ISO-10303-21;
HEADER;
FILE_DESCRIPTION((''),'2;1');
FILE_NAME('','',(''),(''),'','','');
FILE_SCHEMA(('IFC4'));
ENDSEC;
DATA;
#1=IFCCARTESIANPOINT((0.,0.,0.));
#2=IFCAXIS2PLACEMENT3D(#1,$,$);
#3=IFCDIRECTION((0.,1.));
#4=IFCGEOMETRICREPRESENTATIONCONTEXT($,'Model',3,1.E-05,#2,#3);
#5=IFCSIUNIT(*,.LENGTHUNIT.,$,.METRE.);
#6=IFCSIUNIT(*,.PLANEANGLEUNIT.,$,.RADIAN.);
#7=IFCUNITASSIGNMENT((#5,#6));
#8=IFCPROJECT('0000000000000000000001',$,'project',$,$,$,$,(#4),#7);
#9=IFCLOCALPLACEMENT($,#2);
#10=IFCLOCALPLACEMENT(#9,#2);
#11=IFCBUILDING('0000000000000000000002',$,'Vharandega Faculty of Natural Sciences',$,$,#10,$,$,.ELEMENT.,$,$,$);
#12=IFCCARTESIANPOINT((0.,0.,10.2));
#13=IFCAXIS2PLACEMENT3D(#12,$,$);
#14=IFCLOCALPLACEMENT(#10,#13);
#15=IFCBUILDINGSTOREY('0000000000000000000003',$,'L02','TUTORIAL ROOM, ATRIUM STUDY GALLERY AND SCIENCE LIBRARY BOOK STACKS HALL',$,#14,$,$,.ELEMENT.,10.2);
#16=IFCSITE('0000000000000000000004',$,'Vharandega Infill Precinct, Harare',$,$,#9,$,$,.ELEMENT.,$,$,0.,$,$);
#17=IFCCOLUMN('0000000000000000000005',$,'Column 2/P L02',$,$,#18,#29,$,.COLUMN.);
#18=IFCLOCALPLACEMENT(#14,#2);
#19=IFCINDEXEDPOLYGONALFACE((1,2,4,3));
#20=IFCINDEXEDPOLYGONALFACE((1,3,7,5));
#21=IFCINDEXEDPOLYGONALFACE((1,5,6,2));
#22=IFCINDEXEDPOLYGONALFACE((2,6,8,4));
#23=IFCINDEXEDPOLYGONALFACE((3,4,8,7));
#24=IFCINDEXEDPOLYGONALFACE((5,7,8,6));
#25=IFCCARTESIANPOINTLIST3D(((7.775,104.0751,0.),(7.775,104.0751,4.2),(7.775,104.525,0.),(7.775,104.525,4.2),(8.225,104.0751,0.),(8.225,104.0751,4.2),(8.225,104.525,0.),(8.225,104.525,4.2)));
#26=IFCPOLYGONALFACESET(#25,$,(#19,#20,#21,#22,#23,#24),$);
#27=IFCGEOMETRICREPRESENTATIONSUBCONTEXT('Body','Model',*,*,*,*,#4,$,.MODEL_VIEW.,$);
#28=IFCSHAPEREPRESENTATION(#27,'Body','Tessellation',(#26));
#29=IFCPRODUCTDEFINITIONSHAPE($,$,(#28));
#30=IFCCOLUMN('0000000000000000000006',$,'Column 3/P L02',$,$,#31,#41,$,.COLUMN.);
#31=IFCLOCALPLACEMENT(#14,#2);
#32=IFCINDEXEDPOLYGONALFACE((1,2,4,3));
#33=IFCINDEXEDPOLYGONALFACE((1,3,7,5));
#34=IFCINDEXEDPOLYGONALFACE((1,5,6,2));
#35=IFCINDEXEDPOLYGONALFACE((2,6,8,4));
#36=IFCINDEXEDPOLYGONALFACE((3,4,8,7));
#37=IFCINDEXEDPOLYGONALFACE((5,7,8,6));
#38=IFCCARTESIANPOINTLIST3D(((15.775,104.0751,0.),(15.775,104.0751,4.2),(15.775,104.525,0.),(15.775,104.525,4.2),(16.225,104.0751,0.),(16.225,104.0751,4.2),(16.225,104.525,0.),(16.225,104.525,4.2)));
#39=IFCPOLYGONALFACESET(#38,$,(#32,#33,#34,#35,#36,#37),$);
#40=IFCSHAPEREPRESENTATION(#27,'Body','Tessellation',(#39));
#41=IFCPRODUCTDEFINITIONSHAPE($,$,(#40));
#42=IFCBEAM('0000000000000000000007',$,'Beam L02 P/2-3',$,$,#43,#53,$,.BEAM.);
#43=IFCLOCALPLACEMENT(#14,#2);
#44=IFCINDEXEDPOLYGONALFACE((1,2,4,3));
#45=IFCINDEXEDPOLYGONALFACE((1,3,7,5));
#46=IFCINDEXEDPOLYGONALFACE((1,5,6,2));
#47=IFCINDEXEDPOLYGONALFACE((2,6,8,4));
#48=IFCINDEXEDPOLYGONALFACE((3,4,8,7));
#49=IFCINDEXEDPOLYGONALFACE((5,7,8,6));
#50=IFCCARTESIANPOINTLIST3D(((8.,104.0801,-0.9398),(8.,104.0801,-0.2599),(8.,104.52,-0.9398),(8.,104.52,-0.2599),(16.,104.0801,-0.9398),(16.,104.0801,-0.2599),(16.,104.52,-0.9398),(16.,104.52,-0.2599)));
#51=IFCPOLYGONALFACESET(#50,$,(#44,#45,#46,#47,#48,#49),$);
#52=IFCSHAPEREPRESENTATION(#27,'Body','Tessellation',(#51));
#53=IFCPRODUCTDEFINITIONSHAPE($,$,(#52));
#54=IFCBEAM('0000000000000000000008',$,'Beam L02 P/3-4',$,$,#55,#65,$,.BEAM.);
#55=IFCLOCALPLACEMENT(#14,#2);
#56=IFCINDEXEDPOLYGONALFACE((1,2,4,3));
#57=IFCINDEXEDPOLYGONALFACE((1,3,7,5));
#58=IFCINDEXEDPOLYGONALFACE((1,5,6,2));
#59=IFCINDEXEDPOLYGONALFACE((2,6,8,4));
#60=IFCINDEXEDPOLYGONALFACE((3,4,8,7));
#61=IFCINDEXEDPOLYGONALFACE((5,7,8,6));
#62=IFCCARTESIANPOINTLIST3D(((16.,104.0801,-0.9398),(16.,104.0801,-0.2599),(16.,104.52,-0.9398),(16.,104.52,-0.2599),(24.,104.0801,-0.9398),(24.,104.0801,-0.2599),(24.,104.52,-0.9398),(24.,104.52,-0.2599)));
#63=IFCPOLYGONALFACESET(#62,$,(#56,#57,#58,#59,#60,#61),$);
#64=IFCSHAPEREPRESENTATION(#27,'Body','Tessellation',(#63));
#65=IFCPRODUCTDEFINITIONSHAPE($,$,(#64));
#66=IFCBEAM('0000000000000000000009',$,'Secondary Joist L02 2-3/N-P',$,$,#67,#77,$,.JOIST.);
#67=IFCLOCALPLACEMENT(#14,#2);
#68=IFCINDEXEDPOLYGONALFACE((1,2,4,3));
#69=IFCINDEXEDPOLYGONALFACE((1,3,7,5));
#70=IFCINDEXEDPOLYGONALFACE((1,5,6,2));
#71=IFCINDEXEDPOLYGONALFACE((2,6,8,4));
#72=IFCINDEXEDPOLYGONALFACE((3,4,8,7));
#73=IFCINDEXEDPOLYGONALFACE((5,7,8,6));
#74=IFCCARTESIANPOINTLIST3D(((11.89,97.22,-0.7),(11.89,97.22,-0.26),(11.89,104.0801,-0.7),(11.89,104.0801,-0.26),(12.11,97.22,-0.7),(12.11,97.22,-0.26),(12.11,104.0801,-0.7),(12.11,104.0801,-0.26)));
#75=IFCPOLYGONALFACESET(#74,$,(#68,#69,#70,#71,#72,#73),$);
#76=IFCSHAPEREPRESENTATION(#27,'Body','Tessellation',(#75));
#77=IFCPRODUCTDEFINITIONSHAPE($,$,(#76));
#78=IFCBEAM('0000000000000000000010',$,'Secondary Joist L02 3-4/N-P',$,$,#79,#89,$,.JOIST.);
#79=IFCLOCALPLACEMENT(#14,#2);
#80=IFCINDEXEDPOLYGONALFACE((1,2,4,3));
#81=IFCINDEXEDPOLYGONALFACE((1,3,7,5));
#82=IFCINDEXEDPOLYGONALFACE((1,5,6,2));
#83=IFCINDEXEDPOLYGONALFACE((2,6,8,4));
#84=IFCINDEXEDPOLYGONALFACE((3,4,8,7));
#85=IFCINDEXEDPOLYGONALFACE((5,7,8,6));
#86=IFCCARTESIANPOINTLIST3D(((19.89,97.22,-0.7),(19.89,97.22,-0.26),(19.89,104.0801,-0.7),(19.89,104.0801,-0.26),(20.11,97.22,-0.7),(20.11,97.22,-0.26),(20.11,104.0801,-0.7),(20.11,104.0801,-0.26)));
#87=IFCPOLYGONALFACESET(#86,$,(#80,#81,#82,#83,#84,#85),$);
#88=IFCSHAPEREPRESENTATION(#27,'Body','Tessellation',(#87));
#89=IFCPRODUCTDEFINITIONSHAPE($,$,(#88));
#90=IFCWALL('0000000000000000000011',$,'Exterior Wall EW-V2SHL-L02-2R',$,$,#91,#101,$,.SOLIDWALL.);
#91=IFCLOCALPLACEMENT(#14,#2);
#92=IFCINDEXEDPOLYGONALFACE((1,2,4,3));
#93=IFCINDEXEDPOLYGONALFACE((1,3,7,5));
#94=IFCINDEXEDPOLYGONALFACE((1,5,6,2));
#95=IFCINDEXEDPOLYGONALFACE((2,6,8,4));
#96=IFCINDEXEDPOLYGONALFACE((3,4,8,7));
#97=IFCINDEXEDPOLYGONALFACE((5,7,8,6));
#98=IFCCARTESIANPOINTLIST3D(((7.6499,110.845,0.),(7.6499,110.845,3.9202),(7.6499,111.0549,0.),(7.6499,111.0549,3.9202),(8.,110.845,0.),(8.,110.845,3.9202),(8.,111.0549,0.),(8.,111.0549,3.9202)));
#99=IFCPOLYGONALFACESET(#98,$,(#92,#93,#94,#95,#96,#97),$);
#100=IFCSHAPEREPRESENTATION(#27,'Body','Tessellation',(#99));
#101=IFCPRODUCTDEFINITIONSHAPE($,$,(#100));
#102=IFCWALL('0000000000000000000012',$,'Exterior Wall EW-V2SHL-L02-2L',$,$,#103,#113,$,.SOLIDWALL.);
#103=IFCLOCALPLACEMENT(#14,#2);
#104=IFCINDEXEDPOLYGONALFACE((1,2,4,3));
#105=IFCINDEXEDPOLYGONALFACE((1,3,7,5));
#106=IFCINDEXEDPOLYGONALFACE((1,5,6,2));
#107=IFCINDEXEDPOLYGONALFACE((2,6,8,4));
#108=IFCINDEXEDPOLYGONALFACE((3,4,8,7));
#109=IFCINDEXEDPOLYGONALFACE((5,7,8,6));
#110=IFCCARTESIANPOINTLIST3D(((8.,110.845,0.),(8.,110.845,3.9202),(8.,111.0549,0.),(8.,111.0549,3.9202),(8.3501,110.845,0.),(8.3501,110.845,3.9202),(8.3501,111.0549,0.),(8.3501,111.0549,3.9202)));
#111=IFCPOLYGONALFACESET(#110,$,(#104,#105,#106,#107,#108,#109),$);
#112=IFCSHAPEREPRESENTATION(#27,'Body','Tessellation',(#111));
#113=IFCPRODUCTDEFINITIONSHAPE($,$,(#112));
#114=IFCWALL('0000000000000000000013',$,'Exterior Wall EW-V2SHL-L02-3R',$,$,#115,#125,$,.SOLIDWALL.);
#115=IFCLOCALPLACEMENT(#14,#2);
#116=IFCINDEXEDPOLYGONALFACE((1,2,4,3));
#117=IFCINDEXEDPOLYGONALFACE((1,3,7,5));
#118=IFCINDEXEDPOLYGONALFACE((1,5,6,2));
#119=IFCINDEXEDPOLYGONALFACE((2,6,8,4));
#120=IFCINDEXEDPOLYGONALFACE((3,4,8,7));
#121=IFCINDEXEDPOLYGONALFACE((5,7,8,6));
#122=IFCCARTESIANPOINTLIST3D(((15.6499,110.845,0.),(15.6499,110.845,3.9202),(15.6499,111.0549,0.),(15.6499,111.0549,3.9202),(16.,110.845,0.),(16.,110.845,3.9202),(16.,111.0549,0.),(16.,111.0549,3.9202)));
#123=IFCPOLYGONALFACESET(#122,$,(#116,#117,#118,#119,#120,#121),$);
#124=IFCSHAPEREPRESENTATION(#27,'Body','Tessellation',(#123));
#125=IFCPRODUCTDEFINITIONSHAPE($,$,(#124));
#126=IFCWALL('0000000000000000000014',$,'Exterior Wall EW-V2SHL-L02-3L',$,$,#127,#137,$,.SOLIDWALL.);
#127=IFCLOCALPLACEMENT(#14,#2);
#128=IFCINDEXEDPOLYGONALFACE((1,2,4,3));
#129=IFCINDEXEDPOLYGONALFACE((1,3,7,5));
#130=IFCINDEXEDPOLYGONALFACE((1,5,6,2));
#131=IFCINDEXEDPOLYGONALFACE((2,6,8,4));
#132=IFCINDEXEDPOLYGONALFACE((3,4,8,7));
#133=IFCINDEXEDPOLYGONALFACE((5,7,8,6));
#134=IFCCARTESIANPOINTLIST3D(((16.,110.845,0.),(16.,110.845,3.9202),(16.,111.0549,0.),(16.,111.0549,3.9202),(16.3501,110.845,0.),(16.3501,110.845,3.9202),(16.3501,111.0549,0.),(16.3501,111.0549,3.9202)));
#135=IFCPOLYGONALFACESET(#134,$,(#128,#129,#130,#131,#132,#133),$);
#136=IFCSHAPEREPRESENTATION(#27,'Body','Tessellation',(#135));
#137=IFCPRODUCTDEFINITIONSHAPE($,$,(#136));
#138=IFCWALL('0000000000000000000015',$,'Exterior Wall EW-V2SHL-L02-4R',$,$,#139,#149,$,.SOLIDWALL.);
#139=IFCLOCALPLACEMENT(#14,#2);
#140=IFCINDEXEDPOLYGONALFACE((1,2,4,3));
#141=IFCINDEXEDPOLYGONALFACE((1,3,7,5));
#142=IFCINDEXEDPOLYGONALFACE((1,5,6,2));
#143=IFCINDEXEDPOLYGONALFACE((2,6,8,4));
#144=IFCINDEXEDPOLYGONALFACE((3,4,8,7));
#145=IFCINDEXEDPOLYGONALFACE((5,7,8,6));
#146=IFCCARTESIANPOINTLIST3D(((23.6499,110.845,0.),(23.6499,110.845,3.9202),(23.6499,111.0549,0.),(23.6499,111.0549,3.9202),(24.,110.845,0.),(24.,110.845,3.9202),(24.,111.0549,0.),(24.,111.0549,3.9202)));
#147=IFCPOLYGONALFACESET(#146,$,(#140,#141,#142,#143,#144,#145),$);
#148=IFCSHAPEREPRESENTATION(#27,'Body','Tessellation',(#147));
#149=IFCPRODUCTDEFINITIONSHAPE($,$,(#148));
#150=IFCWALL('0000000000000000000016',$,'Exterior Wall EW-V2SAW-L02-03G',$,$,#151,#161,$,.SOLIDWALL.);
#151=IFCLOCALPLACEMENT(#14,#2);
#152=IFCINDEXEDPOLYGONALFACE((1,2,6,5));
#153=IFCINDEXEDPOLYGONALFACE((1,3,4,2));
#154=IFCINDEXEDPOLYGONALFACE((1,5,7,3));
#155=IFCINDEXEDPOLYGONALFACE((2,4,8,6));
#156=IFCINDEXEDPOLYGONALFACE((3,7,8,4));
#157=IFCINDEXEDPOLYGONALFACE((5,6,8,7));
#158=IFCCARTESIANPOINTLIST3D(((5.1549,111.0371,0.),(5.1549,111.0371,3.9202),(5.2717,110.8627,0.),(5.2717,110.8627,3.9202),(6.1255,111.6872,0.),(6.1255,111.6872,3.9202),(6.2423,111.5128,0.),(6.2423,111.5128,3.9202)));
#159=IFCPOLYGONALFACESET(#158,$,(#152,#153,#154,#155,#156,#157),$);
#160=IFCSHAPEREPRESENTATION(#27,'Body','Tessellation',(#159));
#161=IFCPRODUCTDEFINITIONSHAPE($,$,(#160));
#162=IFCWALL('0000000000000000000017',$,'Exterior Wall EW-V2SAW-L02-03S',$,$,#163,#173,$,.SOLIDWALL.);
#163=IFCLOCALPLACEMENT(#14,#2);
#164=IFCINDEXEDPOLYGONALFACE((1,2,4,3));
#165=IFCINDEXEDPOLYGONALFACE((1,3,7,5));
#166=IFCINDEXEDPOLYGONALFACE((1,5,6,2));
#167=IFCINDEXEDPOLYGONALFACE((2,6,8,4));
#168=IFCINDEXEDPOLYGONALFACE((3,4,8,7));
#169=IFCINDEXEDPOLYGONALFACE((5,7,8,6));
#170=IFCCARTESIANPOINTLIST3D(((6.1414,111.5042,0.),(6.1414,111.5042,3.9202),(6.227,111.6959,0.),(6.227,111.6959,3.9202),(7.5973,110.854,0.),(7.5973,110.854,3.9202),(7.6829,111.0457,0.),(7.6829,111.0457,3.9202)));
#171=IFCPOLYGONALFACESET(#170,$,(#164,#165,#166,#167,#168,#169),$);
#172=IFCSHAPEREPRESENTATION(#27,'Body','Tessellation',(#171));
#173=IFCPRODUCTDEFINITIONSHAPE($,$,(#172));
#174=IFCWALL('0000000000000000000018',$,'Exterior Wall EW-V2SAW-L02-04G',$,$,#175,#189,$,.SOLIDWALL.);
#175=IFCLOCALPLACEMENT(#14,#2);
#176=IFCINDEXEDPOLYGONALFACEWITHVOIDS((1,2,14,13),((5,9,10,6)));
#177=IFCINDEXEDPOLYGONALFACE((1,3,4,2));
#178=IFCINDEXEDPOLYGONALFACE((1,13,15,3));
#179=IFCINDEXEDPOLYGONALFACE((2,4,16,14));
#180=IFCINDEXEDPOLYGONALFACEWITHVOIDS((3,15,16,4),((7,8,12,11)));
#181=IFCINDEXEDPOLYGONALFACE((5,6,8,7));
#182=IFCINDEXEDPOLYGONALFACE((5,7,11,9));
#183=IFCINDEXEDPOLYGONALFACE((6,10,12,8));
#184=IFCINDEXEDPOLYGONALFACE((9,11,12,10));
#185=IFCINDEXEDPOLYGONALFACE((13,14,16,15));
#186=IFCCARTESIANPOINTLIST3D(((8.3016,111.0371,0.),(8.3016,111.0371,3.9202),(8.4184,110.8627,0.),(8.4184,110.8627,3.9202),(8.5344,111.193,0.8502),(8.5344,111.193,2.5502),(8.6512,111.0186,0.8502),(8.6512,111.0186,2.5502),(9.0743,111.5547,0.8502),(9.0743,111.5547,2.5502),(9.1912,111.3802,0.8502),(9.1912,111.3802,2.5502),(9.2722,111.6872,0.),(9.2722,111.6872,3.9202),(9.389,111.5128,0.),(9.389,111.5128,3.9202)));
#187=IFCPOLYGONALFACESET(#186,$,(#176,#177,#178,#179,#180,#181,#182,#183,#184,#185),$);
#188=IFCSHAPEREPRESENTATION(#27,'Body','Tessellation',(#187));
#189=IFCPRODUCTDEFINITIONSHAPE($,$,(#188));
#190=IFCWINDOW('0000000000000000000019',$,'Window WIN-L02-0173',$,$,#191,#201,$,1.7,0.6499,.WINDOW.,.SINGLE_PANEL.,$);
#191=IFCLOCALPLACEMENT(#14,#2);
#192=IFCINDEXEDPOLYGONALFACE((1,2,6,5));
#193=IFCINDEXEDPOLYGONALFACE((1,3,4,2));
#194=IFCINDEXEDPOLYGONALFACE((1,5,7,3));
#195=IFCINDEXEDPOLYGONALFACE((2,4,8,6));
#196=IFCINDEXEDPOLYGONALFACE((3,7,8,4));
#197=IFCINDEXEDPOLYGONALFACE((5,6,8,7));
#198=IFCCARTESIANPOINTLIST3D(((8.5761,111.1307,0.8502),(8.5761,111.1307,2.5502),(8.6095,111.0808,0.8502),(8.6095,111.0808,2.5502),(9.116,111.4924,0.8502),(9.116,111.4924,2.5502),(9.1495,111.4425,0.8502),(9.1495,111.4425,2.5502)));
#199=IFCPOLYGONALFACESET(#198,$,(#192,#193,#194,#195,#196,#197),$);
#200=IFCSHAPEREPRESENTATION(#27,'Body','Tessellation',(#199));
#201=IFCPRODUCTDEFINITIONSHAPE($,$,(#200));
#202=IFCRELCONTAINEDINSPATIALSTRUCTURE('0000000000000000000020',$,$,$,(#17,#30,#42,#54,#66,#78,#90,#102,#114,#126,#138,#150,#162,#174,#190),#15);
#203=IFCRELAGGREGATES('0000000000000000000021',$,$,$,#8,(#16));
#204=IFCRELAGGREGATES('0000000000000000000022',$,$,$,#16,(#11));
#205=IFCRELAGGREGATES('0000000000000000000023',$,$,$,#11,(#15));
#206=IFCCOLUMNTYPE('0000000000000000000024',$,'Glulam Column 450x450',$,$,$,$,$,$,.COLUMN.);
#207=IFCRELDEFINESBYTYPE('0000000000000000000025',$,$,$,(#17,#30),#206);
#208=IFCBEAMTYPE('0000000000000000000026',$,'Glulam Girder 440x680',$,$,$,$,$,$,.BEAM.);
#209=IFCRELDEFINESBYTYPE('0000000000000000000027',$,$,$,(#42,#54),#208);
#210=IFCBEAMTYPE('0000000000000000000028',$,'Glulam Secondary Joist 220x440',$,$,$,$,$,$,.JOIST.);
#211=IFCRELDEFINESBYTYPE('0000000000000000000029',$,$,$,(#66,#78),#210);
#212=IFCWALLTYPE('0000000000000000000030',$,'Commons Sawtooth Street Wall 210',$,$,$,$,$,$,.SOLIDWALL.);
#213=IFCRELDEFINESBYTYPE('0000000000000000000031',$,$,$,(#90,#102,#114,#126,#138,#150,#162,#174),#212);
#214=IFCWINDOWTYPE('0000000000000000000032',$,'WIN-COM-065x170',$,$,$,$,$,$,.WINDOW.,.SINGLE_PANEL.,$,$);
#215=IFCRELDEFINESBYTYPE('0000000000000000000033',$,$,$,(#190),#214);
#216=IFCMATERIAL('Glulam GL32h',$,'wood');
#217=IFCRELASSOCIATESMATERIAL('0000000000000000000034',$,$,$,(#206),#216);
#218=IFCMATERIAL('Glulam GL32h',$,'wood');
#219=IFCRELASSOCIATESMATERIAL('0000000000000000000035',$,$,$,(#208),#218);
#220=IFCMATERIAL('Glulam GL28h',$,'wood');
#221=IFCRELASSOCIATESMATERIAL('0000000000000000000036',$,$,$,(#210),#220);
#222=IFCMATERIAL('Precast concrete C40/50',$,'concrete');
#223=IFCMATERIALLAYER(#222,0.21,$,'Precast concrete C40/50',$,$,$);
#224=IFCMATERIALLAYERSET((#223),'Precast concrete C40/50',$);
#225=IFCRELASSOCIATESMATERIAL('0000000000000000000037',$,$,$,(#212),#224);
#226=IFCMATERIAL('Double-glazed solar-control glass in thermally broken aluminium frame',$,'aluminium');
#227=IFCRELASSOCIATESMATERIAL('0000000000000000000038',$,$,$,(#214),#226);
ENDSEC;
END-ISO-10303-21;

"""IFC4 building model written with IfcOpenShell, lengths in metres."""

from ifc_helpers import new_model, si_unit, direction, frame, frame_2d, origin, origin_2d, place, context, subcontext, project, spatial, rectangle, extrude, material, layer, layer_set, material_profile, profile_set, type_object, element, fill, save


model = new_model("IFC4")

# Units and contexts
model_context = context("Model", 3, precision=1e-05, world=origin(), true_north=direction((0.0, 1.0)))
body_context = subcontext(model_context, "Body", "Model", "MODEL_VIEW")
ifc_project = project(units=[si_unit("LENGTHUNIT", "METRE"), si_unit("PLANEANGLEUNIT", "RADIAN")], contexts=[model_context])

# Site, building, storey
site_placement = place(None, origin())
site = spatial("IfcSite", under=ifc_project, at=site_placement, Name="Vharandega Infill Precinct, Harare", CompositionType="ELEMENT", RefElevation=0.0)
building_placement = place(site_placement, origin())
building = spatial("IfcBuilding", under=site, at=building_placement, Name="Vharandega Faculty of Natural Sciences", CompositionType="ELEMENT")
storey_placement = place(building_placement, frame((0.0, 0.0, 10.2)))
storey = spatial("IfcBuildingStorey", under=building, at=storey_placement, Name="L02", Description="TUTORIAL ROOM, ATRIUM STUDY GALLERY AND SCIENCE LIBRARY BOOK STACKS HALL", CompositionType="ELEMENT", Elevation=10.2)

# Columns
ifc_material_1 = material(Name="Glulam GL32h", Category="wood")
ifc_material_profile_1 = material_profile(ifc_material_1, rectangle(XDim=0.45, YDim=0.45, at=origin_2d()), Name="GL32h 450x450")
ifc_profile_set_1 = profile_set([ifc_material_profile_1], Name="Glulam GL32h")
column_type = type_object("IfcColumnType", Name="Glulam Column 450x450", PredefinedType="COLUMN", material=ifc_profile_set_1)
for number, where, z_axis, x_axis, name in (
    (1, (8.0, 104.3, 0.0), (0.0, 0.0, 1.0), (1.0, 0.0, 0.0), "Column 2/P L02"),
    (2, (16.0, 104.3, 0.0), (0.0, 0.0, 1.0), (1.0, 0.0, 0.0), "Column 3/P L02"),
):
    element("IfcColumn", number, at=place(storey_placement, frame(where, z_axis=z_axis, x_axis=x_axis)), inside=storey, type_object=column_type, Name=name, PredefinedType="COLUMN", context=body_context, shape_type="SweptSolid", body=[
        extrude(rectangle(XDim=0.45, YDim=0.45, at=origin_2d()), origin(), (0.0, 0.0, 1.0), 4.2),
    ])

# Beams
ifc_material_2 = material(Name="Glulam GL32h", Category="wood")
ifc_material_profile_2 = material_profile(ifc_material_2, rectangle(XDim=0.4399, YDim=0.6799, at=origin_2d()), Name="GL32h 440x680")
ifc_profile_set_2 = profile_set([ifc_material_profile_2], Name="Glulam GL32h")
beam_type_1 = type_object("IfcBeamType", Name="Glulam Girder 440x680", PredefinedType="BEAM", material=ifc_profile_set_2)
for number, where, z_axis, x_axis, name in (
    (3, (8.0, 104.3, -0.5999), (1.0, 0.0, 0.0), (0.0, 1.0, 0.0), "Beam L02 P/2-3"),
    (4, (16.0, 104.3, -0.5999), (1.0, 0.0, 0.0), (0.0, 1.0, 0.0), "Beam L02 P/3-4"),
):
    element("IfcBeam", number, at=place(storey_placement, frame(where, z_axis=z_axis, x_axis=x_axis)), inside=storey, type_object=beam_type_1, Name=name, PredefinedType="BEAM", context=body_context, shape_type="SweptSolid", body=[
        extrude(rectangle(XDim=0.4399, YDim=0.6799, at=origin_2d()), origin(), (0.0, 0.0, 1.0), 8.0),
    ])
ifc_material_3 = material(Name="Glulam GL28h", Category="wood")
ifc_material_profile_3 = material_profile(ifc_material_3, rectangle(XDim=0.22, YDim=0.4399, at=origin_2d()), Name="GL28h 220x440")
ifc_profile_set_3 = profile_set([ifc_material_profile_3], Name="Glulam GL28h")
beam_type_2 = type_object("IfcBeamType", Name="Glulam Secondary Joist 220x440", PredefinedType="JOIST", material=ifc_profile_set_3)
for number, where, z_axis, x_axis, name in (
    (5, (12.0, 97.22, -0.48), (0.0, 1.0, 0.0), (-1.0, 0.0, 0.0), "Secondary Joist L02 2-3/N-P"),
    (6, (20.0, 97.22, -0.48), (0.0, 1.0, 0.0), (-1.0, 0.0, 0.0), "Secondary Joist L02 3-4/N-P"),
):
    element("IfcBeam", number, at=place(storey_placement, frame(where, z_axis=z_axis, x_axis=x_axis)), inside=storey, type_object=beam_type_2, Name=name, PredefinedType="JOIST", context=body_context, shape_type="SweptSolid", body=[
        extrude(rectangle(XDim=0.22, YDim=0.4399, at=origin_2d()), origin(), (0.0, 0.0, 1.0), 6.8601),
    ])

# Walls
ifc_material_4 = material(Name="Precast concrete C40/50", Category="concrete")
ifc_layer = layer(ifc_material_4, 0.21, Name="Precast concrete C40/50")
ifc_layer_set = layer_set([ifc_layer], Name="Precast concrete C40/50")
wall_type = type_object("IfcWallType", Name="Commons Sawtooth Street Wall 210", PredefinedType="SOLIDWALL", material=ifc_layer_set)
for number, where, z_axis, x_axis, name in (
    (7, (7.6499, 110.95, 0.0), (0.0, 0.0, 1.0), (1.0, 0.0, 0.0), "Exterior Wall EW-V2SHL-L02-2R"),
    (8, (8.0, 110.95, 0.0), (0.0, 0.0, 1.0), (1.0, 0.0, 0.0), "Exterior Wall EW-V2SHL-L02-2L"),
    (9, (15.6499, 110.95, 0.0), (0.0, 0.0, 1.0), (1.0, 0.0, 0.0), "Exterior Wall EW-V2SHL-L02-3R"),
    (10, (16.0, 110.95, 0.0), (0.0, 0.0, 1.0), (1.0, 0.0, 0.0), "Exterior Wall EW-V2SHL-L02-3L"),
    (11, (23.6499, 110.95, 0.0), (0.0, 0.0, 1.0), (1.0, 0.0, 0.0), "Exterior Wall EW-V2SHL-L02-4R"),
):
    element("IfcWall", number, at=place(storey_placement, frame(where, z_axis=z_axis, x_axis=x_axis)), inside=storey, type_object=wall_type, Name=name, PredefinedType="SOLIDWALL", context=body_context, shape_type="SweptSolid", body=[
        extrude(rectangle(XDim=0.3501, YDim=0.21, at=frame_2d((0.175, 0.0))), origin(), (0.0, 0.0, 1.0), 3.9202),
    ])
wall_1_placement = place(storey_placement, frame((5.2134, 110.95, 0.0), z_axis=(0.0, 0.0, 1.0), x_axis=(0.830859, 0.556483, 0.0)))
element("IfcWall", 12, at=wall_1_placement, inside=storey, type_object=wall_type, Name="Exterior Wall EW-V2SAW-L02-03G", PredefinedType="SOLIDWALL", context=body_context, shape_type="SweptSolid", body=[
    extrude(rectangle(XDim=1.1682, YDim=0.21, at=frame_2d((0.584, 0.0))), origin(), (0.0, 0.0, 1.0), 3.9202),
])
wall_2_placement = place(storey_placement, frame((6.1841, 111.6001, 0.0), z_axis=(0.0, 0.0, 1.0), x_axis=(0.913084, -0.407772, 0.0)))
element("IfcWall", 13, at=wall_2_placement, inside=storey, type_object=wall_type, Name="Exterior Wall EW-V2SAW-L02-03S", PredefinedType="SOLIDWALL", context=body_context, shape_type="SweptSolid", body=[
    extrude(rectangle(XDim=1.5945, YDim=0.21, at=frame_2d((0.7974, 0.0))), origin(), (0.0, 0.0, 1.0), 3.9202),
])

# Wall, opening, window
wall_3_placement = place(storey_placement, frame((8.3601, 110.95, 0.0), z_axis=(0.0, 0.0, 1.0), x_axis=(0.830859, 0.556483, 0.0)))
wall_3 = element("IfcWall", 14, at=wall_3_placement, inside=storey, type_object=wall_type, Name="Exterior Wall EW-V2SAW-L02-04G", PredefinedType="SOLIDWALL", context=body_context, shape_type="SweptSolid", body=[
    extrude(rectangle(XDim=1.1682, YDim=0.21, at=frame_2d((0.584, 0.0))), origin(), (0.0, 0.0, 1.0), 3.9202),
])
opening_1_placement = place(wall_3_placement, frame((0.28, 0.0, 0.8501)))
opening_1 = element("IfcOpeningElement", 15, at=opening_1_placement, cuts=wall_3, PredefinedType="OPENING", context=body_context, shape_type="SweptSolid", body=[
    extrude(rectangle(XDim=0.6499, YDim=1.7, at=frame_2d((0.325, 0.8501))), frame((0.0, 0.115, 0.0), z_axis=(0.0, -1.0, 0.0), x_axis=(1.0, 0.0, 0.0)), (0.0, 0.0, 1.0), 0.23),
])
ifc_material_5 = material(Name="Double-glazed solar-control glass in thermally broken aluminium frame", Category="aluminium")
window_type = type_object("IfcWindowType", Name="WIN-COM-065x170", PartitioningType="SINGLE_PANEL", PredefinedType="WINDOW", material=ifc_material_5)
window_1_placement = place(opening_1_placement, origin())
window_1 = element("IfcWindow", 16, at=window_1_placement, inside=storey, type_object=window_type, Name="Window WIN-L02-0173", OverallHeight=1.7, OverallWidth=0.6499, PartitioningType="SINGLE_PANEL", PredefinedType="WINDOW", context=body_context, shape_type="SweptSolid", body=[
    extrude(rectangle(XDim=0.6499, YDim=1.7, at=frame_2d((0.325, 0.8501))), frame((0.0, 0.03, 0.0), z_axis=(0.0, -1.0, 0.0), x_axis=(1.0, 0.0, 0.0)), (0.0, 0.0, 1.0), 0.0601),
])
fill(opening_1, window_1)

save(model, "model.ifc")
